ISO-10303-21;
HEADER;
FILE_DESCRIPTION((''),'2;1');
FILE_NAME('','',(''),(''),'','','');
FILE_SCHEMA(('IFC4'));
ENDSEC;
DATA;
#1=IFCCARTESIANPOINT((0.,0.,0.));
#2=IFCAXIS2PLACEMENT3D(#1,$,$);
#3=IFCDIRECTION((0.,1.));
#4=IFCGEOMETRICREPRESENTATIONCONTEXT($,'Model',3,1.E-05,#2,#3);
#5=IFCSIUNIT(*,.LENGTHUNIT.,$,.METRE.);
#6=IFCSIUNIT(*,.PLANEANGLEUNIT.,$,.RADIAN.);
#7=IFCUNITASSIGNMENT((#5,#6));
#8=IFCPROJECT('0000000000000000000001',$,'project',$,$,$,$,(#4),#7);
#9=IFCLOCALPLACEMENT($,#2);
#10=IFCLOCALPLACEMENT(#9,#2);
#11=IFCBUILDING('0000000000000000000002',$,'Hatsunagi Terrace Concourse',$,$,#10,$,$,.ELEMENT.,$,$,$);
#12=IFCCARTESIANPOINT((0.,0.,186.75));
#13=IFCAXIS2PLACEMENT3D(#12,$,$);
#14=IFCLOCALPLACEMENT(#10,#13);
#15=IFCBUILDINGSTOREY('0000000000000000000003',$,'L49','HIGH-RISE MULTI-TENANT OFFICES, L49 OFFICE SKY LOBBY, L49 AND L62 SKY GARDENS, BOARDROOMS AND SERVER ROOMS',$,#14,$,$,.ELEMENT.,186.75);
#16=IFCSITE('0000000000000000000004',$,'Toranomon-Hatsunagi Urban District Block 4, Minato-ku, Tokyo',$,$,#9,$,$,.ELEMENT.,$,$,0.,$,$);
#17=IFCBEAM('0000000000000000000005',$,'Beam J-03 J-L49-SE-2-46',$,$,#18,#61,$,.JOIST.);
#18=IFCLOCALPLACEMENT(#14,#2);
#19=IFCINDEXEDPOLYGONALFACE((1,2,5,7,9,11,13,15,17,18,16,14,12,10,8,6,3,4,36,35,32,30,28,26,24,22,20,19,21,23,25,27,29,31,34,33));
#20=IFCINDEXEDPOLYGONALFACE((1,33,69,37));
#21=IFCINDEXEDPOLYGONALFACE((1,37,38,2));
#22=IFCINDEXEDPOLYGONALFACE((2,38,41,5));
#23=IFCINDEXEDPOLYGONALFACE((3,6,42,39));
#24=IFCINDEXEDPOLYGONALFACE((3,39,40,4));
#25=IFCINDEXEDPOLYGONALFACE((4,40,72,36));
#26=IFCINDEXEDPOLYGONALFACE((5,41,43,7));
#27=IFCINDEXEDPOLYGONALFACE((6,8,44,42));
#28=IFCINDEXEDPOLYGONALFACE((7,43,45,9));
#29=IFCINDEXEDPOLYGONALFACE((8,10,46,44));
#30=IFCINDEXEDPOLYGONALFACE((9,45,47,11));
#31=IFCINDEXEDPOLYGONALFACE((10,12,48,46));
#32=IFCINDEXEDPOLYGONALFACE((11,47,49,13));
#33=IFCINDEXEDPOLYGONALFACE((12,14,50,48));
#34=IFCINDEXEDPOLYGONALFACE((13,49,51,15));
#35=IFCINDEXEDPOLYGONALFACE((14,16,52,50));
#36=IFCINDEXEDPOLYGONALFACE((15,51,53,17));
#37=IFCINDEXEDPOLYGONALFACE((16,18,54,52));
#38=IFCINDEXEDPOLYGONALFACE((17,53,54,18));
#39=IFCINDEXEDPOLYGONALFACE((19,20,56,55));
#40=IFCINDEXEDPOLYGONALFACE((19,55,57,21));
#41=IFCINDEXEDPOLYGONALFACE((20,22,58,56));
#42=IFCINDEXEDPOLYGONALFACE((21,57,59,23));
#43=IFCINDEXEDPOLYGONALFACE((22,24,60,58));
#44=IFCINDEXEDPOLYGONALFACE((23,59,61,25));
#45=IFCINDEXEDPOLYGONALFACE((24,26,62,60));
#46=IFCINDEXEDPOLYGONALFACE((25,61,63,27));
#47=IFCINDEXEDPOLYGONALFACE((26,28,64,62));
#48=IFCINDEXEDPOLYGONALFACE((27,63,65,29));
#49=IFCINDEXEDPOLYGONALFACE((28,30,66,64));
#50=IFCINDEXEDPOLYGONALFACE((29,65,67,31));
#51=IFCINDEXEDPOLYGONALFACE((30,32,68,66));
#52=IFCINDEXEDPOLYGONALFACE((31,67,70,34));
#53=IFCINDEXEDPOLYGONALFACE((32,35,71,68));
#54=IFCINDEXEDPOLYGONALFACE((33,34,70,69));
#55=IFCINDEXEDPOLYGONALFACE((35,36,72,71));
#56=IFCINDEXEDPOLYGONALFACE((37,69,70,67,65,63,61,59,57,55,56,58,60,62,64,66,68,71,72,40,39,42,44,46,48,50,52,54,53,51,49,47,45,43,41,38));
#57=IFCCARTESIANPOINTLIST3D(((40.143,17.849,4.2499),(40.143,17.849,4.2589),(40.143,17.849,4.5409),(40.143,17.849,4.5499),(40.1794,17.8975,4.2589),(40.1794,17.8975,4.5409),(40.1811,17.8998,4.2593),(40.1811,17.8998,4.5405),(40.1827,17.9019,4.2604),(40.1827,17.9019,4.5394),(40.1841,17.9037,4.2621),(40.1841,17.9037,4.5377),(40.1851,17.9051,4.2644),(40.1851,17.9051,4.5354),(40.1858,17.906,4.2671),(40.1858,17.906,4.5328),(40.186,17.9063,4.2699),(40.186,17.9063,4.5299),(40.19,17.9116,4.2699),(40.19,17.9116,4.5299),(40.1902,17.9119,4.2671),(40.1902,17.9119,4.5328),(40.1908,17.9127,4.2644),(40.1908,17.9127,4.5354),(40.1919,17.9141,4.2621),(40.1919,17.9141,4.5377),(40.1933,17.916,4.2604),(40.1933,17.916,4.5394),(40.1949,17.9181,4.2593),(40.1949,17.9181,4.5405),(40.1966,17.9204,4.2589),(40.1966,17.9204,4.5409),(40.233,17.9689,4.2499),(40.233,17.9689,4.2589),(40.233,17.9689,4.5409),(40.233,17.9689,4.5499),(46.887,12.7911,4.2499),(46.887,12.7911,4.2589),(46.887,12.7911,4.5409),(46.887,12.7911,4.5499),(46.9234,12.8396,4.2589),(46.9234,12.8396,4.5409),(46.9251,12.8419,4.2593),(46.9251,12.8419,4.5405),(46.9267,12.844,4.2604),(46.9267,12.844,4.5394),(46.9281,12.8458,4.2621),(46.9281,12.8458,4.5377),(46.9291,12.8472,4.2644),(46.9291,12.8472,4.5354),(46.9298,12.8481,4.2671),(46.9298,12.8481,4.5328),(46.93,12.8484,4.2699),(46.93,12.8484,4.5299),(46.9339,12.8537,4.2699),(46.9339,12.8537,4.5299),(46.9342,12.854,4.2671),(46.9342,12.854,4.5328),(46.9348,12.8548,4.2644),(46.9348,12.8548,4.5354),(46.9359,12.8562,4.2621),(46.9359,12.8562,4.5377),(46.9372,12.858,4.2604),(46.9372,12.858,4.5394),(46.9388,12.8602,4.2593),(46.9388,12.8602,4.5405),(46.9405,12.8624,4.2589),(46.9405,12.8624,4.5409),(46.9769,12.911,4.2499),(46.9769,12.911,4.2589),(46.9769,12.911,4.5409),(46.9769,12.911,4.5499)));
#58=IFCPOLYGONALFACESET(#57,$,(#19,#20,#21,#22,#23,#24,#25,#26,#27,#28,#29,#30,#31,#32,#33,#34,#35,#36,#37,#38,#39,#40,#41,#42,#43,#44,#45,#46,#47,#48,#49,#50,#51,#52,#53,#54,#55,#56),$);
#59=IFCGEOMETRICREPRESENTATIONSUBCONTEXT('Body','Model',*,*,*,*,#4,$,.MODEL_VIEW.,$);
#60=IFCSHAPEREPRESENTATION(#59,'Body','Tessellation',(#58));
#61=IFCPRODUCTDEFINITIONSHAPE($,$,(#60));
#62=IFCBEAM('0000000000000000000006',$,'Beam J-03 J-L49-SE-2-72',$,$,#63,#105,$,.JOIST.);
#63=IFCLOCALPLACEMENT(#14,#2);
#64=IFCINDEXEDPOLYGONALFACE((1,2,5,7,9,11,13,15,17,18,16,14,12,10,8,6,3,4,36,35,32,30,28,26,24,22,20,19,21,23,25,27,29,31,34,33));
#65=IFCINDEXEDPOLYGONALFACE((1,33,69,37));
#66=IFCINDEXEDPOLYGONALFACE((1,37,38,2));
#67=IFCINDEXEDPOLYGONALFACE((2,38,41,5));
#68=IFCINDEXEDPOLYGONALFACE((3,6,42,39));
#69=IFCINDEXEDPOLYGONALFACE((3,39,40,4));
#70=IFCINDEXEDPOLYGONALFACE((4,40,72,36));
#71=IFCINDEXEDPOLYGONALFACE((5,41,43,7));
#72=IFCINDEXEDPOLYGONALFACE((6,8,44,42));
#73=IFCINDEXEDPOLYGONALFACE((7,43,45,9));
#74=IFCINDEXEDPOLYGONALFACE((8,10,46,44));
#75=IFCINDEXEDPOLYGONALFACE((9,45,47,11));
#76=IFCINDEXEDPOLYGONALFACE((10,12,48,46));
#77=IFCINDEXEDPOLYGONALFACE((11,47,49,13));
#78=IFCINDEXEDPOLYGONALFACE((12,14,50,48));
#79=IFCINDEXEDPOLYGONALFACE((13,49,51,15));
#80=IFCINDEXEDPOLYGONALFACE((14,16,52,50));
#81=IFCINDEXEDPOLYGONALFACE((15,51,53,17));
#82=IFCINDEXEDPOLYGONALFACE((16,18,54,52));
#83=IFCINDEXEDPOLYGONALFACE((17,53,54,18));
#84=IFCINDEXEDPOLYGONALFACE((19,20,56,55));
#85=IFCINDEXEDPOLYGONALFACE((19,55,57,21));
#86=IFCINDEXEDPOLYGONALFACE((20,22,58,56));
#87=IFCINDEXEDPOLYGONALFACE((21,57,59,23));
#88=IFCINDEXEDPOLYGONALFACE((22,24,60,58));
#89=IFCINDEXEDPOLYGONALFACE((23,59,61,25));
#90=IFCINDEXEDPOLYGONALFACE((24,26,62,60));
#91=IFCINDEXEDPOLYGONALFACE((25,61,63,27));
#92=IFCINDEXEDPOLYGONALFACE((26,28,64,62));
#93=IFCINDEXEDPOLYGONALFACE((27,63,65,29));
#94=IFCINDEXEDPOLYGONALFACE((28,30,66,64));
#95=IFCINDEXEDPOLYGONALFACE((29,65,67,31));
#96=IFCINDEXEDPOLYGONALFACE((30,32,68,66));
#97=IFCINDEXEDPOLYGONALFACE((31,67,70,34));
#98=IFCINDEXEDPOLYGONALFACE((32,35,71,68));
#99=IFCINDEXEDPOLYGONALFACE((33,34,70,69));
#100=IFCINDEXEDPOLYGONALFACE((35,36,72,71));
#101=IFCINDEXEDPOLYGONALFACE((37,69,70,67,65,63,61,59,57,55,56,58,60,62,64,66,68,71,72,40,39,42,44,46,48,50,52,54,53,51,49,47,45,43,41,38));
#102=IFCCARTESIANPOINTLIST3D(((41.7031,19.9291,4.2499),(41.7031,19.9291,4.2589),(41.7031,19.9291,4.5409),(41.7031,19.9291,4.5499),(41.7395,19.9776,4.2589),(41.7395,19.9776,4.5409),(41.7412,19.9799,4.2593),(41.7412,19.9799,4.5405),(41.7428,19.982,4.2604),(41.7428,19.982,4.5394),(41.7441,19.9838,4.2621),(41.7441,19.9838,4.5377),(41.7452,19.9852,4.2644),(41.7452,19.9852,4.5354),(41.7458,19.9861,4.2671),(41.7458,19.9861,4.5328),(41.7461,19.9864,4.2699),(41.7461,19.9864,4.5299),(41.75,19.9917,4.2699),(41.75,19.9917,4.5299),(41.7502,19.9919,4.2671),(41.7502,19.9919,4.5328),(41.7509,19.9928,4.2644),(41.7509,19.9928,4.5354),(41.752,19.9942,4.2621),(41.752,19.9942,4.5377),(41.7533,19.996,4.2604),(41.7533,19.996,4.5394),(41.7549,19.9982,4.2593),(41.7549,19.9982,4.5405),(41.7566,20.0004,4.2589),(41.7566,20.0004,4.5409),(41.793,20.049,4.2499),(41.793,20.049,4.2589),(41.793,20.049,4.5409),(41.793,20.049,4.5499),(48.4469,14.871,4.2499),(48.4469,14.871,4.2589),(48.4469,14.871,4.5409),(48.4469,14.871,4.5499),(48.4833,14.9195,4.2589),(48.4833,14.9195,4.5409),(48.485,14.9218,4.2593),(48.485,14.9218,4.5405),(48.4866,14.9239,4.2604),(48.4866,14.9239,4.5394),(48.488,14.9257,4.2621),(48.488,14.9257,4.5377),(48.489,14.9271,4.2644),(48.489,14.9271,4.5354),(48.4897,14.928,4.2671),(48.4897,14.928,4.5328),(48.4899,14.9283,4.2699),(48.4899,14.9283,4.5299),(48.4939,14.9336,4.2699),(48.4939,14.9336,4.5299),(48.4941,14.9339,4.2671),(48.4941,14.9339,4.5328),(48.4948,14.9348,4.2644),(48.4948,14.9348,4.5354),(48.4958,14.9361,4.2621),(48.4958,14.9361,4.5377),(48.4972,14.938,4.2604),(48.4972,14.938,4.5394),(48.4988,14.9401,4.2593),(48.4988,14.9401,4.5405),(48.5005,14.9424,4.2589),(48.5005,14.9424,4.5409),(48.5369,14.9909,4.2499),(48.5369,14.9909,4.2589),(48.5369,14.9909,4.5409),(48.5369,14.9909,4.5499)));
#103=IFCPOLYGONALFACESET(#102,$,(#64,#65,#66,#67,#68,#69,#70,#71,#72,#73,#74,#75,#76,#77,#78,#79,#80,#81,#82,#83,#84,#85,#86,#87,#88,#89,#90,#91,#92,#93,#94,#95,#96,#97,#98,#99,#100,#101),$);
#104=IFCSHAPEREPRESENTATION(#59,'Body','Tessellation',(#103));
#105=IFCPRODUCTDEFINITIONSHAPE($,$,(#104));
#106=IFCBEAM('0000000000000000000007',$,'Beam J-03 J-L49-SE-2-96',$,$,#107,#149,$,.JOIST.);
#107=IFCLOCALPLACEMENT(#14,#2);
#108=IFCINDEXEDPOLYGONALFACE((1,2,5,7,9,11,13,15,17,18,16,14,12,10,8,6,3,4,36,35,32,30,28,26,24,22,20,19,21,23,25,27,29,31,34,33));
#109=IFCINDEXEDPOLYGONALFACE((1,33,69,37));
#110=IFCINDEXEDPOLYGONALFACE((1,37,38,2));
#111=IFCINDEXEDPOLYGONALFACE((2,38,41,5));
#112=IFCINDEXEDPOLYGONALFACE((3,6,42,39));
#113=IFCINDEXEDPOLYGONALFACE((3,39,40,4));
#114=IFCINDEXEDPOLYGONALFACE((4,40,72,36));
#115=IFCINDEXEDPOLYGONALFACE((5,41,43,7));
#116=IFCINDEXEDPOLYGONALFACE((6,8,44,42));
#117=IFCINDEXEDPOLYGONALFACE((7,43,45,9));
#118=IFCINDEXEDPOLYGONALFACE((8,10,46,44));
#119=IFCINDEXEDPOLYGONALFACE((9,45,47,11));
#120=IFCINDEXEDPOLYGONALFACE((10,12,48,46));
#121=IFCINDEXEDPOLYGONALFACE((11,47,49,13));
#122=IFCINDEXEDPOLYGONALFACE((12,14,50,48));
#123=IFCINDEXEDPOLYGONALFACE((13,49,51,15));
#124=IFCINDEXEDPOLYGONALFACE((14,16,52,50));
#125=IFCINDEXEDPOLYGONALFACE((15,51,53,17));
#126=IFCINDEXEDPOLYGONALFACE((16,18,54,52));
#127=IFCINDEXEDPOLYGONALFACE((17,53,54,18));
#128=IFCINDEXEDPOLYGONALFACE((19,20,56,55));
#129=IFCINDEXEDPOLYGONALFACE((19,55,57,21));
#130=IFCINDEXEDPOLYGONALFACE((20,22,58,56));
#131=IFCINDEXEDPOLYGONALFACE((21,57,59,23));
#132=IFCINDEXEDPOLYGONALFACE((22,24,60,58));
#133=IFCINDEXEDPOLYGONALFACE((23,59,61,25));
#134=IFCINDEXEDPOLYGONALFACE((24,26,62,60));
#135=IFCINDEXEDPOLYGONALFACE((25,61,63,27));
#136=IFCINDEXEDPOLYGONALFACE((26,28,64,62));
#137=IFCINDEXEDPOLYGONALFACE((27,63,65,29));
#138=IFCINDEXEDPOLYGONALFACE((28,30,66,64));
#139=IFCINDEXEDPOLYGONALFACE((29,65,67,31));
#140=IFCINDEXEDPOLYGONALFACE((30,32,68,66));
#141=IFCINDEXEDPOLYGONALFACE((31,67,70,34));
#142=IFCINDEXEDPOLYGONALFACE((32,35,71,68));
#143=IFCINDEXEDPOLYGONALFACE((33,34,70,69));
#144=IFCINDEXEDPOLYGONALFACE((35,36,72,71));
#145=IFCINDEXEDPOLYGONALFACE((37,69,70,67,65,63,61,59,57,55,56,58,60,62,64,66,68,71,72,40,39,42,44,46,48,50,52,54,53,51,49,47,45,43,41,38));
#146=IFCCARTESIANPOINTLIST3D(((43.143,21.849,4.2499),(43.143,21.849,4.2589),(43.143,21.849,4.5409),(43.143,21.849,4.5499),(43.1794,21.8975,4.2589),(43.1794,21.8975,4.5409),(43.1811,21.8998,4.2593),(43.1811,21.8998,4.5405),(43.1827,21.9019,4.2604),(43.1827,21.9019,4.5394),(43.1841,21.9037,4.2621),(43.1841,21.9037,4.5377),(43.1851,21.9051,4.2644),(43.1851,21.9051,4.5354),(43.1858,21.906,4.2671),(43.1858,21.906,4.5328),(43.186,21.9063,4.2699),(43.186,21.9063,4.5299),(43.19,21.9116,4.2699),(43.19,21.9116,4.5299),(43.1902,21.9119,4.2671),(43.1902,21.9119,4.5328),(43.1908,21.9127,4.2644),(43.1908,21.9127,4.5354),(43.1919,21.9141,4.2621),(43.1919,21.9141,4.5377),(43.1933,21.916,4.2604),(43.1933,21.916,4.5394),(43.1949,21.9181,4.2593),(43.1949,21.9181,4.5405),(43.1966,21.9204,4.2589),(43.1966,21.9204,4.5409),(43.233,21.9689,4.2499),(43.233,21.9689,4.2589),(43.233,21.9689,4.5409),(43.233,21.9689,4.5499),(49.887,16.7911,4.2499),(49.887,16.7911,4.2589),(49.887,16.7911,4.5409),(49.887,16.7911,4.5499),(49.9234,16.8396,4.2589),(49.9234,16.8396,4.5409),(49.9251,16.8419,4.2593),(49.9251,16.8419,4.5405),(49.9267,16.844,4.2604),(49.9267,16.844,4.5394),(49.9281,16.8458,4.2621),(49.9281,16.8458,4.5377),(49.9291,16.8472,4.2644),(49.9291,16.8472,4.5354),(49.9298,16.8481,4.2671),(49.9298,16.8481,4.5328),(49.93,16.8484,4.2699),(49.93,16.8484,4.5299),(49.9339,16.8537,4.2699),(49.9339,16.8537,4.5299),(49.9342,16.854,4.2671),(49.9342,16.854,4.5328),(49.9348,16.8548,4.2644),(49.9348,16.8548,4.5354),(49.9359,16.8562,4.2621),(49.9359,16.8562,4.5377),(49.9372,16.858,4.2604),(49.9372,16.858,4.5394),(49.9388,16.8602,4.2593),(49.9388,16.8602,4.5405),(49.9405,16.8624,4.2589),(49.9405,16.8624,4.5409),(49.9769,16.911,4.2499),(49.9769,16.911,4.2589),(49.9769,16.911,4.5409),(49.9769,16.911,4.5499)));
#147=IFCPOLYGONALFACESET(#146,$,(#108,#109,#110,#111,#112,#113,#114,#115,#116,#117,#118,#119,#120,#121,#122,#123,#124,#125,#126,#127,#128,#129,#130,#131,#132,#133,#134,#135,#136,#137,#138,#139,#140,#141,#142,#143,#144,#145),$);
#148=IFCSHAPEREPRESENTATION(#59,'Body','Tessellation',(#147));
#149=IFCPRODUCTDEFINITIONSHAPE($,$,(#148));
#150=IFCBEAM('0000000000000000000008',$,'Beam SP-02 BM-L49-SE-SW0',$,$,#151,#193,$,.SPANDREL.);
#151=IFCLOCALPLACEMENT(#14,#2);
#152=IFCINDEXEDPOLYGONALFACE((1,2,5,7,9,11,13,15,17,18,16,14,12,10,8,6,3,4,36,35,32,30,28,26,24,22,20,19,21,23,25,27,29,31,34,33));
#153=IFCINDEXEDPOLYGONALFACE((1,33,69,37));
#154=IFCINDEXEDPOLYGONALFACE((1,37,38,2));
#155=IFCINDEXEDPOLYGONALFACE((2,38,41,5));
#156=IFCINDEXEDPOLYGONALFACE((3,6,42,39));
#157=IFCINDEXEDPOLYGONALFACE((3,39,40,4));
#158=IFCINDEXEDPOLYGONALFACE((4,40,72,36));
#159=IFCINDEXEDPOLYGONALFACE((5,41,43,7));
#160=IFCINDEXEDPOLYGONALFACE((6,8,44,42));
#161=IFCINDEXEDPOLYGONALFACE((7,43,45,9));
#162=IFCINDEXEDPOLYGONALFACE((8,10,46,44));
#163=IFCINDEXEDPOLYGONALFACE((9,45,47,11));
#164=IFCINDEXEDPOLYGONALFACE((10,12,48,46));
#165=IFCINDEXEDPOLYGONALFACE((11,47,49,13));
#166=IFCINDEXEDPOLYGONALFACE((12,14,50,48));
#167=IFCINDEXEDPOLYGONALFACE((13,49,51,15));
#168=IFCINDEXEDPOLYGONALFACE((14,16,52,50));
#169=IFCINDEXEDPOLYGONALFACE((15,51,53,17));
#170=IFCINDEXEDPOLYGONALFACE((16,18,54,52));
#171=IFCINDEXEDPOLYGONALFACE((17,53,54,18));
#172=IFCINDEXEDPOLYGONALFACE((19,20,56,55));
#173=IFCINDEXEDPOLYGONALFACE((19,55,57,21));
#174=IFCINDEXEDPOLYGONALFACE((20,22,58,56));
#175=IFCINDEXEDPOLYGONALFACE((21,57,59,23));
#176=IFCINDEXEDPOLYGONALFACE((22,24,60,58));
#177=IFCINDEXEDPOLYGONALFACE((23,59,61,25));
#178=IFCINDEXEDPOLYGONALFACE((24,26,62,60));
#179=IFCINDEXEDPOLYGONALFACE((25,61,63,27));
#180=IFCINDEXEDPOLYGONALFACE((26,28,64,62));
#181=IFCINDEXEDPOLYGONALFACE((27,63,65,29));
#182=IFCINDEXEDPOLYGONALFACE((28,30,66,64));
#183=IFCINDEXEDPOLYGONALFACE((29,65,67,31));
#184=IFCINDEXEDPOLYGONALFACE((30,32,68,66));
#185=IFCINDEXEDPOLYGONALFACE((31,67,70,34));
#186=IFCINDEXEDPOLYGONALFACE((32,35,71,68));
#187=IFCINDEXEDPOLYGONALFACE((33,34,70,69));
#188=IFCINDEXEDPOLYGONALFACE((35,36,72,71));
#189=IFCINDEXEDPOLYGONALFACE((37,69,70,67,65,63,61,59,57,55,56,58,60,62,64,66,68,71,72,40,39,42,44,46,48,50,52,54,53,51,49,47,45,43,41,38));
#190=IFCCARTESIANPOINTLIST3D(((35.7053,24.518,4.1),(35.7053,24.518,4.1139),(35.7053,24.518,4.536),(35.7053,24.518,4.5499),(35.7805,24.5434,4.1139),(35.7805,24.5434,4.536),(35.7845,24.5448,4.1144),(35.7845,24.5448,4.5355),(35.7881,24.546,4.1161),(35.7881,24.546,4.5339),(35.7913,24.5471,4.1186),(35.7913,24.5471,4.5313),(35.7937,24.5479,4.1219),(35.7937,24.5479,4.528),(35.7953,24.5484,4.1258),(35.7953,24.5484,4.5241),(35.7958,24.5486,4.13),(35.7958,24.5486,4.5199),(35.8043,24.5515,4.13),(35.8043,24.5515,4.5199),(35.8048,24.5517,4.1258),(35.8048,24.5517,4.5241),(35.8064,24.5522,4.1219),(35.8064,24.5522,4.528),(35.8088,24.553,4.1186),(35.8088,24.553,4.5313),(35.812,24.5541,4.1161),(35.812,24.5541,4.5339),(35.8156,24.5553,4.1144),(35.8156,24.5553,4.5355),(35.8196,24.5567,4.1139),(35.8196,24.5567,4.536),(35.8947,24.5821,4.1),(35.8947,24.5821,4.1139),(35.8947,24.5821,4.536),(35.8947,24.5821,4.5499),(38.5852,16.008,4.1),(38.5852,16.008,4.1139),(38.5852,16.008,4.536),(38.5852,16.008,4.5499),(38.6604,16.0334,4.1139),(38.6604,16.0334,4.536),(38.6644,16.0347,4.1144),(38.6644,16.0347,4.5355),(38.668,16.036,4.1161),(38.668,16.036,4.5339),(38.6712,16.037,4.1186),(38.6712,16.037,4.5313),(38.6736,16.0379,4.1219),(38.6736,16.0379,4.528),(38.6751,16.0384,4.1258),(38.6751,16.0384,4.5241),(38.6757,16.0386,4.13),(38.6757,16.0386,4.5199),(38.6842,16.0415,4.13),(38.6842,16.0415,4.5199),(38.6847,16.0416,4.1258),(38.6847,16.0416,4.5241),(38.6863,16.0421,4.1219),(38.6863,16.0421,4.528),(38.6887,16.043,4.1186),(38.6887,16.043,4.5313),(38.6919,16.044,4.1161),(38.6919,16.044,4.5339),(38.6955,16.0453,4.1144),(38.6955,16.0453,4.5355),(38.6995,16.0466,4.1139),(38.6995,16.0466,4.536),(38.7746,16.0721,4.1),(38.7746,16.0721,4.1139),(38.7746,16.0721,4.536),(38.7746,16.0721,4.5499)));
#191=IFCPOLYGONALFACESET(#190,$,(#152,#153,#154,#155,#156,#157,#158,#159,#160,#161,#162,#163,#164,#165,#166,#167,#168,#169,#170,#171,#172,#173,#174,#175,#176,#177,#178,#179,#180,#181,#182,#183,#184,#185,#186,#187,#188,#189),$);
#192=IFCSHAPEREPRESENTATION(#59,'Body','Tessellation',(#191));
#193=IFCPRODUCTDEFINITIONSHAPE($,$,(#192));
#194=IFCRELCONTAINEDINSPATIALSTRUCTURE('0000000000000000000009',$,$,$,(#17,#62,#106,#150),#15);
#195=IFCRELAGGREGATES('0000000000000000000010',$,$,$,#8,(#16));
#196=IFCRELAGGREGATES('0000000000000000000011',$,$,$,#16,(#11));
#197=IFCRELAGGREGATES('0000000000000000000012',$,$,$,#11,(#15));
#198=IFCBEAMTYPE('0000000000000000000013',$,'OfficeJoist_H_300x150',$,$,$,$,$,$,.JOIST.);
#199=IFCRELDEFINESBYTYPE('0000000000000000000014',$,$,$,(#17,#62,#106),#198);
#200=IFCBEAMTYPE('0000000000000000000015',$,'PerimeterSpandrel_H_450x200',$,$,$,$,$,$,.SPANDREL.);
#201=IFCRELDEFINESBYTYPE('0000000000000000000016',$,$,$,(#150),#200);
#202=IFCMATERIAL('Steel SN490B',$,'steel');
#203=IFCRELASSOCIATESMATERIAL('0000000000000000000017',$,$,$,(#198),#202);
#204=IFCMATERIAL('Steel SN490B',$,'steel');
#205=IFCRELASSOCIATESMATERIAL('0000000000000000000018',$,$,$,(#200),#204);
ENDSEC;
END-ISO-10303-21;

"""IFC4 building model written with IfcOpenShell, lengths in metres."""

from ifc_helpers import new_model, si_unit, direction, frame, origin, origin_2d, place, context, subcontext, project, spatial, i_section, extrude, material, material_profile, profile_set, type_object, element, save


model = new_model("IFC4")

# Units and contexts
model_context = context("Model", 3, precision=1e-05, world=origin(), true_north=direction((0.0, 1.0)))
body_context = subcontext(model_context, "Body", "Model", "MODEL_VIEW")
ifc_project = project(units=[si_unit("LENGTHUNIT", "METRE"), si_unit("PLANEANGLEUNIT", "RADIAN")], contexts=[model_context])

# Site, building, storey
site_placement = place(None, origin())
site = spatial("IfcSite", under=ifc_project, at=site_placement, Name="Toranomon-Hatsunagi Urban District Block 4, Minato-ku, Tokyo", CompositionType="ELEMENT", RefElevation=0.0)
building_placement = place(site_placement, origin())
building = spatial("IfcBuilding", under=site, at=building_placement, Name="Hatsunagi Terrace Concourse", CompositionType="ELEMENT")
storey_placement = place(building_placement, frame((0.0, 0.0, 186.75)))
storey = spatial("IfcBuildingStorey", under=building, at=storey_placement, Name="L49", Description="HIGH-RISE MULTI-TENANT OFFICES, L49 OFFICE SKY LOBBY, L49 AND L62 SKY GARDENS, BOARDROOMS AND SERVER ROOMS", CompositionType="ELEMENT", Elevation=186.75)

# Beams
ifc_material_1 = material(Name="Steel SN490B", Category="steel")
ifc_material_profile_1 = material_profile(ifc_material_1, i_section(OverallWidth=0.1499, OverallDepth=0.3, WebThickness=0.0066, FlangeThickness=0.009, FilletRadius=0.011, at=origin_2d()), Name="H-300x150x6.5x9")
ifc_profile_set_1 = profile_set([ifc_material_profile_1], Name="Steel SN490B")
beam_type_1 = type_object("IfcBeamType", Name="OfficeJoist_H_300x150", PredefinedType="JOIST", material=ifc_profile_set_1)
for number, where, z_axis, x_axis, name in (
    (1, (40.188, 17.9089, 4.3999), (0.800003, -0.599995, 0.0), (0.599995, 0.800003, 0.0), "Beam J-03 J-L49-SE-2-46"),
    (2, (41.748, 19.989, 4.3999), (0.79999, -0.600014, 0.0), (0.600014, 0.79999, 0.0), "Beam J-03 J-L49-SE-2-72"),
    (3, (43.188, 21.9089, 4.3999), (0.800003, -0.599995, 0.0), (0.599995, 0.800003, 0.0), "Beam J-03 J-L49-SE-2-96"),
):
    element("IfcBeam", number, at=place(storey_placement, frame(where, z_axis=z_axis, x_axis=x_axis)), inside=storey, type_object=beam_type_1, Name=name, PredefinedType="JOIST", context=body_context, shape_type="SweptSolid", body=[
        extrude(i_section(OverallWidth=0.1499, OverallDepth=0.3, WebThickness=0.0066, FlangeThickness=0.009, FilletRadius=0.011, at=origin_2d()), origin(), (0.0, 0.0, 1.0), 8.4299),
    ])
ifc_material_2 = material(Name="Steel SN490B", Category="steel")
ifc_material_profile_2 = material_profile(ifc_material_2, i_section(OverallWidth=0.2, OverallDepth=0.45, WebThickness=0.009, FlangeThickness=0.0139, FilletRadius=0.0161, at=origin_2d()), Name="H-450x200x9x14")
ifc_profile_set_2 = profile_set([ifc_material_profile_2], Name="Steel SN490B")
beam_type_2 = type_object("IfcBeamType", Name="PerimeterSpandrel_H_450x200", PredefinedType="SPANDREL", material=ifc_profile_set_2)
beam_1_placement = place(storey_placement, frame((35.8, 24.55, 4.325), z_axis=(0.320553, -0.94723, 0.0), x_axis=(0.94723, 0.320553, 0.0)))
element("IfcBeam", 4, at=beam_1_placement, inside=storey, type_object=beam_type_2, Name="Beam SP-02 BM-L49-SE-SW0", PredefinedType="SPANDREL", context=body_context, shape_type="SweptSolid", body=[
    extrude(i_section(OverallWidth=0.2, OverallDepth=0.45, WebThickness=0.009, FlangeThickness=0.0139, FilletRadius=0.0161, at=origin_2d()), origin(), (0.0, 0.0, 1.0), 8.9841),
])

save(model, "model.ifc")
